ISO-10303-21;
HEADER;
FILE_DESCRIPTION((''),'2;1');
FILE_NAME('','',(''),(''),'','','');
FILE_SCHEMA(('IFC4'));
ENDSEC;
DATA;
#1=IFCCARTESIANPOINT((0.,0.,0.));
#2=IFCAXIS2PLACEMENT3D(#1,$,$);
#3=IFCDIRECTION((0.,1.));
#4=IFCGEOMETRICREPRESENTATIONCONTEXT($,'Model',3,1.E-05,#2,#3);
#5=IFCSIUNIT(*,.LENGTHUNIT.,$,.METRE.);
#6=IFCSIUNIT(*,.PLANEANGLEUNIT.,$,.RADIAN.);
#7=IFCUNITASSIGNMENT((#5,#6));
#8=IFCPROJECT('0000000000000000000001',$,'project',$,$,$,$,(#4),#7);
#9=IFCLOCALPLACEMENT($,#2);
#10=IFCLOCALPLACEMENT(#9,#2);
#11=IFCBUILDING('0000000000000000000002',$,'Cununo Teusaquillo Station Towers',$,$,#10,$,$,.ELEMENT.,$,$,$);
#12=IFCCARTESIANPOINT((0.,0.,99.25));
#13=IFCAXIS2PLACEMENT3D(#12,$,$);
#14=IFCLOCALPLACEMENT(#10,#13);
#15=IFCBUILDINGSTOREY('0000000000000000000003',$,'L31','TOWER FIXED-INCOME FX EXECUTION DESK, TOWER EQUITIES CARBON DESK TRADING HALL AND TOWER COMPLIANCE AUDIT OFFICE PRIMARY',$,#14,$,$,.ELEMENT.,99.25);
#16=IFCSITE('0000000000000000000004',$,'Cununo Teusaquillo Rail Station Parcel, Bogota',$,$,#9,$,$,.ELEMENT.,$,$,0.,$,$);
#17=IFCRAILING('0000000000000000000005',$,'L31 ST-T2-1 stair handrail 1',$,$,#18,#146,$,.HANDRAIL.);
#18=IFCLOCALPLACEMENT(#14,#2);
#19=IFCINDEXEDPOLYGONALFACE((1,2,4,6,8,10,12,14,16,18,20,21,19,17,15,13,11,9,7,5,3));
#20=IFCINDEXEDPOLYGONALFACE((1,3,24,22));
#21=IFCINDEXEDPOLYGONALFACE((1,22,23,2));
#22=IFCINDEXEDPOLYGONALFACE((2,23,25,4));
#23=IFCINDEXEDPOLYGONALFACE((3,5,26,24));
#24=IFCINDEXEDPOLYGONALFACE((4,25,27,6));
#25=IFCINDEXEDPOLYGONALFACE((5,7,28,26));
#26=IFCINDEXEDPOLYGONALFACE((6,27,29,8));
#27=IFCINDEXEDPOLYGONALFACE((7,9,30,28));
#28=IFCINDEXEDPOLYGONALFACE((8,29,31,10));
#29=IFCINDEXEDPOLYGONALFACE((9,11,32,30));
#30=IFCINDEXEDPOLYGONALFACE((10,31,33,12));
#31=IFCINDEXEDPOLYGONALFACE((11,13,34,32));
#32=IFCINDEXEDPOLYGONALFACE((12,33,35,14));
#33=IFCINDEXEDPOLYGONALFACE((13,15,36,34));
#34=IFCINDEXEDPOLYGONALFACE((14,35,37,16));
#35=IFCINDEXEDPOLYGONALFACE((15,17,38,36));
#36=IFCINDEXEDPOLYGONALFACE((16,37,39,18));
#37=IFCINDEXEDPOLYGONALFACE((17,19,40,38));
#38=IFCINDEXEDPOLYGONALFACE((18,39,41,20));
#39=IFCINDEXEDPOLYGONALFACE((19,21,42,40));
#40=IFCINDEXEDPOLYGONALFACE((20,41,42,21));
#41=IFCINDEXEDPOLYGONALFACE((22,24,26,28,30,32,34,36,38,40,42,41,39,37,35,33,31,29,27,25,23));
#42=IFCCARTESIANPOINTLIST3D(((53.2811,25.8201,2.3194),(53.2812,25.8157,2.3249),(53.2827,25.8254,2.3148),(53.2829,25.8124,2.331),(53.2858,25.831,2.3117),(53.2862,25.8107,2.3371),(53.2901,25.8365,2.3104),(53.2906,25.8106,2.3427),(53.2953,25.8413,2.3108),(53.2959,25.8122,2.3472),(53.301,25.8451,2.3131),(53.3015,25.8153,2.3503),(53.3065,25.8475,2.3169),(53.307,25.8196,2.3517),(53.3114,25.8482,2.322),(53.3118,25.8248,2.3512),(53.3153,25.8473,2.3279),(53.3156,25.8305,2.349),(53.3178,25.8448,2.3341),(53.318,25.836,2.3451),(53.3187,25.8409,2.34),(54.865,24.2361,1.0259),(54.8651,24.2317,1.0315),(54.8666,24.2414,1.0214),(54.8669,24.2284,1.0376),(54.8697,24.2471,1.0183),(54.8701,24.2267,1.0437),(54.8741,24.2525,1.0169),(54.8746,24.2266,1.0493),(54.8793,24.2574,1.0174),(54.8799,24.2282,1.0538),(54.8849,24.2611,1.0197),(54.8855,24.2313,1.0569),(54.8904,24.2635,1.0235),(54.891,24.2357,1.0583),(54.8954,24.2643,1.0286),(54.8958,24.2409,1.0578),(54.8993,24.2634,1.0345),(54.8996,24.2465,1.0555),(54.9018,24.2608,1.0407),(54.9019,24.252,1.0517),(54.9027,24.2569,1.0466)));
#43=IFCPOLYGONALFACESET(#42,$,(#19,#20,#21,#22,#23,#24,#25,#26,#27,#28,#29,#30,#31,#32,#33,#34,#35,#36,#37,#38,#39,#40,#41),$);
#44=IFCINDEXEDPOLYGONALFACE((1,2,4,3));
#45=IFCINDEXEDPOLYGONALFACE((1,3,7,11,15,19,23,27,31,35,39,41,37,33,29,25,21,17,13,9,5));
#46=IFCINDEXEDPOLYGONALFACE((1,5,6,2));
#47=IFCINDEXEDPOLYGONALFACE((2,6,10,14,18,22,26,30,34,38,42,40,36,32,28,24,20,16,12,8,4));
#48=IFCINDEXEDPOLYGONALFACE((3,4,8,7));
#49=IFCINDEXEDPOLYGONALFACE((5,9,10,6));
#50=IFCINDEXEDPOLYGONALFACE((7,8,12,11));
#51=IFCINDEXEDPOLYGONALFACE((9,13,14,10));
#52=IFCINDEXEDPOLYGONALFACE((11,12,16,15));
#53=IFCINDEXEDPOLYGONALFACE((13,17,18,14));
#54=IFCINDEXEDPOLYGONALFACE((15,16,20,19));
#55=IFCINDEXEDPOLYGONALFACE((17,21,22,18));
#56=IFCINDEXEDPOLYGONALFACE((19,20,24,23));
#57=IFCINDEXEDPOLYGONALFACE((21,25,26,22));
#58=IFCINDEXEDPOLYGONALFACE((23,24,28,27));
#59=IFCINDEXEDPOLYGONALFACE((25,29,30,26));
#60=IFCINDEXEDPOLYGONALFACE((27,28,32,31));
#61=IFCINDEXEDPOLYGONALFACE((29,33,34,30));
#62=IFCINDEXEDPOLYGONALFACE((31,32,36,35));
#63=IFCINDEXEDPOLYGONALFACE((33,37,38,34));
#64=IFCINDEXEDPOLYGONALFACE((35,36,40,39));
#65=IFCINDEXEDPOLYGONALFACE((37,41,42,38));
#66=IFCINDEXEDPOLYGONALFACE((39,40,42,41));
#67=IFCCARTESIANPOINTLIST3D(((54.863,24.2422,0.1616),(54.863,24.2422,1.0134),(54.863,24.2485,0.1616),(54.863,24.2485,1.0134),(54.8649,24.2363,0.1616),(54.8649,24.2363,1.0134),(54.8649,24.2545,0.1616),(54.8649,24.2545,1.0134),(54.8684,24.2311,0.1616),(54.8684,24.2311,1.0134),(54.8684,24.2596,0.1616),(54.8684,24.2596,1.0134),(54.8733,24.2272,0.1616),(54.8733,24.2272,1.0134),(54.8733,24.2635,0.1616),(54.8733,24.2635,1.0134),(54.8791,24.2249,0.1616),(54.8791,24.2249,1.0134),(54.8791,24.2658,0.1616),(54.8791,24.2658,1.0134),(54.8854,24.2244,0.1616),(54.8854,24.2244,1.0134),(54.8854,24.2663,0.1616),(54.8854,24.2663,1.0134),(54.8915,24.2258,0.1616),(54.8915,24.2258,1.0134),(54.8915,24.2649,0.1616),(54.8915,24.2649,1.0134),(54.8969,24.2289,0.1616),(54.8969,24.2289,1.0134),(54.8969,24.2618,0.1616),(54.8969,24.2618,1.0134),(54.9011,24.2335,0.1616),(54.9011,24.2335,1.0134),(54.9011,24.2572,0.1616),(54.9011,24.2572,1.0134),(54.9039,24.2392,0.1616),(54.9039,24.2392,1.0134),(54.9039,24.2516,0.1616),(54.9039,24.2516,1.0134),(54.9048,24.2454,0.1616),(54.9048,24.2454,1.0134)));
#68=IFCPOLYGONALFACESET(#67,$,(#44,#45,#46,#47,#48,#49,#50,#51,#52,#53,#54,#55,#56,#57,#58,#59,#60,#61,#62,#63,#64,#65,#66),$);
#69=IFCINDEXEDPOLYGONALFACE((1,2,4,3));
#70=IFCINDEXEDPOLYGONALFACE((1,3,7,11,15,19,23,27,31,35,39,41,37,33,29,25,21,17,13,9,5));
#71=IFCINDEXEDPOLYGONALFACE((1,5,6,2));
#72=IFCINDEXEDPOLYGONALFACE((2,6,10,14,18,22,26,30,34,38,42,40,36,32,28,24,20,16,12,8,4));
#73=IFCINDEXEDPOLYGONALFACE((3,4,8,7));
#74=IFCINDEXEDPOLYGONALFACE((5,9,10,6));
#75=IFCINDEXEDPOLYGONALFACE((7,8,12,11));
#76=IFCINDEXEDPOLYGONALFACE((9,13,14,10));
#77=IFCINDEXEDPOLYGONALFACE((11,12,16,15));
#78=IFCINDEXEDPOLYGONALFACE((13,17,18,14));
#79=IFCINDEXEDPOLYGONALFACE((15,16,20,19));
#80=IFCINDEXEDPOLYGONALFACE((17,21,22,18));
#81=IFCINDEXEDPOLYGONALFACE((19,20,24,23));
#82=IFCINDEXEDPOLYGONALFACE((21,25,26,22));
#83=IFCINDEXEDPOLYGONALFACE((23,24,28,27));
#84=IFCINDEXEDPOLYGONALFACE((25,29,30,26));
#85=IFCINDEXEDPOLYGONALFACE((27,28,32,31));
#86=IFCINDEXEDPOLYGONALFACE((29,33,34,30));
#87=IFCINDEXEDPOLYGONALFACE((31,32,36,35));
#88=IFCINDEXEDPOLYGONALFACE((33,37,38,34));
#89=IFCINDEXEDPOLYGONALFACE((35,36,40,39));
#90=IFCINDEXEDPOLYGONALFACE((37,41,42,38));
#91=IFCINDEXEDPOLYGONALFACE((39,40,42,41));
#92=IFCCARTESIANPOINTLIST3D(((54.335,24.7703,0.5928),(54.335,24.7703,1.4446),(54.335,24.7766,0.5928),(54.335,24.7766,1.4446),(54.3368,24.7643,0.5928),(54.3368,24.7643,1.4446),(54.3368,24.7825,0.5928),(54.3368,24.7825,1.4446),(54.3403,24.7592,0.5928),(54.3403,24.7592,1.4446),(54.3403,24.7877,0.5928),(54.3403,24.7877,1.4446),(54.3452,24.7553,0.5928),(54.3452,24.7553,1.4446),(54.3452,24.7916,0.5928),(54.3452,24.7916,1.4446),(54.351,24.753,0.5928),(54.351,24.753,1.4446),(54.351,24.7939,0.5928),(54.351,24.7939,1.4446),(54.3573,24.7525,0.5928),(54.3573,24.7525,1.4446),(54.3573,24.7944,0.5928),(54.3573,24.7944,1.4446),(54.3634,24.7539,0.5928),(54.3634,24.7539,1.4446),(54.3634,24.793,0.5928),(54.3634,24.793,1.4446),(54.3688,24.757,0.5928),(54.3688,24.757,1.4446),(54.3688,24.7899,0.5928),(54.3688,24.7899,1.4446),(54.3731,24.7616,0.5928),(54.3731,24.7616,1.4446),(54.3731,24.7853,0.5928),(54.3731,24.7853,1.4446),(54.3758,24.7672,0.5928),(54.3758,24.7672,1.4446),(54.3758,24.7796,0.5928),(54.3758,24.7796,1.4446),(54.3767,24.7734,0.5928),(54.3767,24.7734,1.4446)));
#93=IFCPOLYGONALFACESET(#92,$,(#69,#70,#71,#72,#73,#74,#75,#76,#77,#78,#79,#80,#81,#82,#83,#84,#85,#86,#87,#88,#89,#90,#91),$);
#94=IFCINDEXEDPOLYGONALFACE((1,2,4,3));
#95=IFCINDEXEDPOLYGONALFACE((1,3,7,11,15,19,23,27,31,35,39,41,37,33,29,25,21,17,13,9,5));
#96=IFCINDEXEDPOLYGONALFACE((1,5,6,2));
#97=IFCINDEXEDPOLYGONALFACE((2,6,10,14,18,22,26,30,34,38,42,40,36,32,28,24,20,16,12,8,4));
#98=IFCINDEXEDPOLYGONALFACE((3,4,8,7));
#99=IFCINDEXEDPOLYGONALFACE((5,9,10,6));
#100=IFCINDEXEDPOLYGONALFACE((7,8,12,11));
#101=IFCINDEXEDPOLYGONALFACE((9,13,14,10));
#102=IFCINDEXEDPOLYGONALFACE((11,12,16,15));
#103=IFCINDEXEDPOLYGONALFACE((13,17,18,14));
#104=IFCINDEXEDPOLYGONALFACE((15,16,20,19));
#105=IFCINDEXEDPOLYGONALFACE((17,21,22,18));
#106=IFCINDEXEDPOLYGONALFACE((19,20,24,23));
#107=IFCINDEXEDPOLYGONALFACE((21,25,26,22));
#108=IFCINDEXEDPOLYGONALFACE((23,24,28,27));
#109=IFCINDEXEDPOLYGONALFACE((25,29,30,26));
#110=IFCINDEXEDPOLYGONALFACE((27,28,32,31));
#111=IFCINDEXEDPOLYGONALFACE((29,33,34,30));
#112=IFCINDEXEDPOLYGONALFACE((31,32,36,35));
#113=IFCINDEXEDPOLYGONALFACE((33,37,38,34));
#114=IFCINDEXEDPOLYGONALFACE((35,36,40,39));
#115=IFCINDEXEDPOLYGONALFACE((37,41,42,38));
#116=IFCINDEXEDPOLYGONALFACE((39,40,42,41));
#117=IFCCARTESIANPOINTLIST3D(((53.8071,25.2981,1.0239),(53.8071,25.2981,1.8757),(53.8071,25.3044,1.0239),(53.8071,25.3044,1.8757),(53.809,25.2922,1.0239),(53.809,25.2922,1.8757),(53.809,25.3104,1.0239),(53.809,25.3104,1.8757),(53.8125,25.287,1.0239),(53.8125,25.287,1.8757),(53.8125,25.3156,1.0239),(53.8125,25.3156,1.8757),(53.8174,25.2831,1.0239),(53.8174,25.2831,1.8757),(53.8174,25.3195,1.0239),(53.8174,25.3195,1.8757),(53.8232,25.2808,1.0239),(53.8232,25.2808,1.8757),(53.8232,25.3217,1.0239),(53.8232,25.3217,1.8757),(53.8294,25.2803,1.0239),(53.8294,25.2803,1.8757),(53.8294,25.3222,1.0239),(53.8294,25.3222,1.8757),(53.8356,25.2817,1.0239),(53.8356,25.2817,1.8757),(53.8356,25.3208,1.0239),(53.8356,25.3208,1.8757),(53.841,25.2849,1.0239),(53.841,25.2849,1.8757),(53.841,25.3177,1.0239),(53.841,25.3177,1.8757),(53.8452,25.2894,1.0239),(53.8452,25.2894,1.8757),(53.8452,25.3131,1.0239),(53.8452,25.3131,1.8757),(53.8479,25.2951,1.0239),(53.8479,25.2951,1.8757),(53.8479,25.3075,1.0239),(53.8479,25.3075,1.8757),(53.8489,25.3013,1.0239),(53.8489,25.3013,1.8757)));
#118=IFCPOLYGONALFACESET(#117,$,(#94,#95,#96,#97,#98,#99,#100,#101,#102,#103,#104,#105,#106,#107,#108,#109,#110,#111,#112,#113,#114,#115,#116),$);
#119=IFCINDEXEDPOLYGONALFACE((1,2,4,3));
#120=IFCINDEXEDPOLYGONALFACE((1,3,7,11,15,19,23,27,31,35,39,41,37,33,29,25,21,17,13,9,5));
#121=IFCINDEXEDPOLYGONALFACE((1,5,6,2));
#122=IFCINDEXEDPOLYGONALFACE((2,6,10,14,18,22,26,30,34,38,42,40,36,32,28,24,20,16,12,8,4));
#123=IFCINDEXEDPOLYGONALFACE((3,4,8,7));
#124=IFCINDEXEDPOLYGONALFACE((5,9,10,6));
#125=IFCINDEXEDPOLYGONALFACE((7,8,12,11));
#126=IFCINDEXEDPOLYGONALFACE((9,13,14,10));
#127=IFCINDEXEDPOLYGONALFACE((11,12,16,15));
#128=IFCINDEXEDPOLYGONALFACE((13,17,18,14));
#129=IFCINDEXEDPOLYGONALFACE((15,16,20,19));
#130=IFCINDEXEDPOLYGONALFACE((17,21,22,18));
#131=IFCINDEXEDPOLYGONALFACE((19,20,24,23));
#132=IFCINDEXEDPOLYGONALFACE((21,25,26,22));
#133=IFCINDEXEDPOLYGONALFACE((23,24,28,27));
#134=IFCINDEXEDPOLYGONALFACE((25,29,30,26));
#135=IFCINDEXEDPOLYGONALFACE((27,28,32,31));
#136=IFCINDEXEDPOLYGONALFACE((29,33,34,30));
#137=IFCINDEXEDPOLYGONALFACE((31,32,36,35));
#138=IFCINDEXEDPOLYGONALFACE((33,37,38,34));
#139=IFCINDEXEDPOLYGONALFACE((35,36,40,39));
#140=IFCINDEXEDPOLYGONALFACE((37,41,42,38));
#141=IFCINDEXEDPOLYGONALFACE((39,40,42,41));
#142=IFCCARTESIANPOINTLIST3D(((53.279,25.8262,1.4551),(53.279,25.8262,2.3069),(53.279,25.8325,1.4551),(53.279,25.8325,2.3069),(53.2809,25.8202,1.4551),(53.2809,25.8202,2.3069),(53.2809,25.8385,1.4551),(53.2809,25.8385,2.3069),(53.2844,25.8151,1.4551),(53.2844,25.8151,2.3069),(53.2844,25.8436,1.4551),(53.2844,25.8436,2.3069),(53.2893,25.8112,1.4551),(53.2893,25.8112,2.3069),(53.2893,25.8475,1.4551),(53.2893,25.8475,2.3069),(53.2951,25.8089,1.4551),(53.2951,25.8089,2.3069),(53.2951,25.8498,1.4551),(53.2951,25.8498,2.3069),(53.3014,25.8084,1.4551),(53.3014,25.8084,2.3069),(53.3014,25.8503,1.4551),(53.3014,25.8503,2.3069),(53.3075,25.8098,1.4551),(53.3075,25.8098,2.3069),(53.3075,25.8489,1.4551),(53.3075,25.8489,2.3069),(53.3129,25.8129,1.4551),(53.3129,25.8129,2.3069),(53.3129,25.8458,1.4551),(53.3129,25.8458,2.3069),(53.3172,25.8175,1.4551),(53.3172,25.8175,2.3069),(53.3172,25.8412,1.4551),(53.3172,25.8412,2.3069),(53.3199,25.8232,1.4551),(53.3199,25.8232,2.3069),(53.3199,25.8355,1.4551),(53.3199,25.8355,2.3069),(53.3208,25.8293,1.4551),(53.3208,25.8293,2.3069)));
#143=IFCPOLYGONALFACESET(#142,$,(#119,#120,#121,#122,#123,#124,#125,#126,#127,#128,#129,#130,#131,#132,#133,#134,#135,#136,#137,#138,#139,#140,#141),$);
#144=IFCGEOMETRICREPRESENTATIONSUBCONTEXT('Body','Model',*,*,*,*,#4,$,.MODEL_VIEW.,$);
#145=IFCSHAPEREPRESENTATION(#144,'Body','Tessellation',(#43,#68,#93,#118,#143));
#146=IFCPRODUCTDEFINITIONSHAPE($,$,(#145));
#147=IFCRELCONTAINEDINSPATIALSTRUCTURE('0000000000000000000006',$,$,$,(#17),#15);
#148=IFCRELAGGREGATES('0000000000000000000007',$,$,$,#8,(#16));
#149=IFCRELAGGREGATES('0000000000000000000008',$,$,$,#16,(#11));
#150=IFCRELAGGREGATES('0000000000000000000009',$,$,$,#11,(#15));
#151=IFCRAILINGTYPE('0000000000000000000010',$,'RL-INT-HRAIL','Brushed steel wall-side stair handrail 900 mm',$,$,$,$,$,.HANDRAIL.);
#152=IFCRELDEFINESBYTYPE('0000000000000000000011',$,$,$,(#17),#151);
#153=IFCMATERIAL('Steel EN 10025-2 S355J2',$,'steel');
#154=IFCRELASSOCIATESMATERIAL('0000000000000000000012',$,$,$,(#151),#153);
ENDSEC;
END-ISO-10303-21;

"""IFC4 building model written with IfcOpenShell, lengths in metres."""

from ifc_helpers import new_model, si_unit, direction, frame, origin, origin_2d, place, context, subcontext, project, spatial, circle, extrude, material, type_object, element, save


model = new_model("IFC4")

# Units and contexts
model_context = context("Model", 3, precision=1e-05, world=origin(), true_north=direction((0.0, 1.0)))
body_context = subcontext(model_context, "Body", "Model", "MODEL_VIEW")
ifc_project = project(units=[si_unit("LENGTHUNIT", "METRE"), si_unit("PLANEANGLEUNIT", "RADIAN")], contexts=[model_context])

# Site, building, storey
site_placement = place(None, origin())
site = spatial("IfcSite", under=ifc_project, at=site_placement, Name="Cununo Teusaquillo Rail Station Parcel, Bogota", CompositionType="ELEMENT", RefElevation=0.0)
building_placement = place(site_placement, origin())
building = spatial("IfcBuilding", under=site, at=building_placement, Name="Cununo Teusaquillo Station Towers", CompositionType="ELEMENT")
storey_placement = place(building_placement, frame((0.0, 0.0, 99.25)))
storey = spatial("IfcBuildingStorey", under=building, at=storey_placement, Name="L31", Description="TOWER FIXED-INCOME FX EXECUTION DESK, TOWER EQUITIES CARBON DESK TRADING HALL AND TOWER COMPLIANCE AUDIT OFFICE PRIMARY", CompositionType="ELEMENT", Elevation=99.25)

# Railing
ifc_material_1 = material(Name="Steel EN 10025-2 S355J2", Category="steel")
railing_type_1 = type_object("IfcRailingType", Name="RL-INT-HRAIL", Description="Brushed steel wall-side stair handrail 900 mm", PredefinedType="HANDRAIL", material=ifc_material_1)
railing_1_placement = place(storey_placement, frame((54.8838, 24.2454, 0.1616)))
element("IfcRailing", 1, at=railing_1_placement, inside=storey, type_object=railing_type_1, Name="L31 ST-T2-1 stair handrail 1", PredefinedType="HANDRAIL", context=body_context, shape_type="SweptSolid", body=[
    extrude(circle(Radius=0.0239, at=origin_2d()), frame((0.0, 0.0, 0.876), z_axis=(-0.612356, 0.612356, 0.50004), x_axis=(-0.707107, -0.707107, 0.0)), (0.0, 0.0, 1.0), 2.5867),
    extrude(circle(Radius=0.021, at=origin_2d()), origin(), (0.0, 0.0, 1.0), 0.8518),
    extrude(circle(Radius=0.021, at=origin_2d()), frame((-0.5281, 0.5281, 0.4312)), (0.0, 0.0, 1.0), 0.8518),
    extrude(circle(Radius=0.021, at=origin_2d()), frame((-1.0559, 1.0559, 0.8623)), (0.0, 0.0, 1.0), 0.8518),
    extrude(circle(Radius=0.021, at=origin_2d()), frame((-1.584, 1.584, 1.2935)), (0.0, 0.0, 1.0), 0.8518),
])

save(model, "model.ifc")
